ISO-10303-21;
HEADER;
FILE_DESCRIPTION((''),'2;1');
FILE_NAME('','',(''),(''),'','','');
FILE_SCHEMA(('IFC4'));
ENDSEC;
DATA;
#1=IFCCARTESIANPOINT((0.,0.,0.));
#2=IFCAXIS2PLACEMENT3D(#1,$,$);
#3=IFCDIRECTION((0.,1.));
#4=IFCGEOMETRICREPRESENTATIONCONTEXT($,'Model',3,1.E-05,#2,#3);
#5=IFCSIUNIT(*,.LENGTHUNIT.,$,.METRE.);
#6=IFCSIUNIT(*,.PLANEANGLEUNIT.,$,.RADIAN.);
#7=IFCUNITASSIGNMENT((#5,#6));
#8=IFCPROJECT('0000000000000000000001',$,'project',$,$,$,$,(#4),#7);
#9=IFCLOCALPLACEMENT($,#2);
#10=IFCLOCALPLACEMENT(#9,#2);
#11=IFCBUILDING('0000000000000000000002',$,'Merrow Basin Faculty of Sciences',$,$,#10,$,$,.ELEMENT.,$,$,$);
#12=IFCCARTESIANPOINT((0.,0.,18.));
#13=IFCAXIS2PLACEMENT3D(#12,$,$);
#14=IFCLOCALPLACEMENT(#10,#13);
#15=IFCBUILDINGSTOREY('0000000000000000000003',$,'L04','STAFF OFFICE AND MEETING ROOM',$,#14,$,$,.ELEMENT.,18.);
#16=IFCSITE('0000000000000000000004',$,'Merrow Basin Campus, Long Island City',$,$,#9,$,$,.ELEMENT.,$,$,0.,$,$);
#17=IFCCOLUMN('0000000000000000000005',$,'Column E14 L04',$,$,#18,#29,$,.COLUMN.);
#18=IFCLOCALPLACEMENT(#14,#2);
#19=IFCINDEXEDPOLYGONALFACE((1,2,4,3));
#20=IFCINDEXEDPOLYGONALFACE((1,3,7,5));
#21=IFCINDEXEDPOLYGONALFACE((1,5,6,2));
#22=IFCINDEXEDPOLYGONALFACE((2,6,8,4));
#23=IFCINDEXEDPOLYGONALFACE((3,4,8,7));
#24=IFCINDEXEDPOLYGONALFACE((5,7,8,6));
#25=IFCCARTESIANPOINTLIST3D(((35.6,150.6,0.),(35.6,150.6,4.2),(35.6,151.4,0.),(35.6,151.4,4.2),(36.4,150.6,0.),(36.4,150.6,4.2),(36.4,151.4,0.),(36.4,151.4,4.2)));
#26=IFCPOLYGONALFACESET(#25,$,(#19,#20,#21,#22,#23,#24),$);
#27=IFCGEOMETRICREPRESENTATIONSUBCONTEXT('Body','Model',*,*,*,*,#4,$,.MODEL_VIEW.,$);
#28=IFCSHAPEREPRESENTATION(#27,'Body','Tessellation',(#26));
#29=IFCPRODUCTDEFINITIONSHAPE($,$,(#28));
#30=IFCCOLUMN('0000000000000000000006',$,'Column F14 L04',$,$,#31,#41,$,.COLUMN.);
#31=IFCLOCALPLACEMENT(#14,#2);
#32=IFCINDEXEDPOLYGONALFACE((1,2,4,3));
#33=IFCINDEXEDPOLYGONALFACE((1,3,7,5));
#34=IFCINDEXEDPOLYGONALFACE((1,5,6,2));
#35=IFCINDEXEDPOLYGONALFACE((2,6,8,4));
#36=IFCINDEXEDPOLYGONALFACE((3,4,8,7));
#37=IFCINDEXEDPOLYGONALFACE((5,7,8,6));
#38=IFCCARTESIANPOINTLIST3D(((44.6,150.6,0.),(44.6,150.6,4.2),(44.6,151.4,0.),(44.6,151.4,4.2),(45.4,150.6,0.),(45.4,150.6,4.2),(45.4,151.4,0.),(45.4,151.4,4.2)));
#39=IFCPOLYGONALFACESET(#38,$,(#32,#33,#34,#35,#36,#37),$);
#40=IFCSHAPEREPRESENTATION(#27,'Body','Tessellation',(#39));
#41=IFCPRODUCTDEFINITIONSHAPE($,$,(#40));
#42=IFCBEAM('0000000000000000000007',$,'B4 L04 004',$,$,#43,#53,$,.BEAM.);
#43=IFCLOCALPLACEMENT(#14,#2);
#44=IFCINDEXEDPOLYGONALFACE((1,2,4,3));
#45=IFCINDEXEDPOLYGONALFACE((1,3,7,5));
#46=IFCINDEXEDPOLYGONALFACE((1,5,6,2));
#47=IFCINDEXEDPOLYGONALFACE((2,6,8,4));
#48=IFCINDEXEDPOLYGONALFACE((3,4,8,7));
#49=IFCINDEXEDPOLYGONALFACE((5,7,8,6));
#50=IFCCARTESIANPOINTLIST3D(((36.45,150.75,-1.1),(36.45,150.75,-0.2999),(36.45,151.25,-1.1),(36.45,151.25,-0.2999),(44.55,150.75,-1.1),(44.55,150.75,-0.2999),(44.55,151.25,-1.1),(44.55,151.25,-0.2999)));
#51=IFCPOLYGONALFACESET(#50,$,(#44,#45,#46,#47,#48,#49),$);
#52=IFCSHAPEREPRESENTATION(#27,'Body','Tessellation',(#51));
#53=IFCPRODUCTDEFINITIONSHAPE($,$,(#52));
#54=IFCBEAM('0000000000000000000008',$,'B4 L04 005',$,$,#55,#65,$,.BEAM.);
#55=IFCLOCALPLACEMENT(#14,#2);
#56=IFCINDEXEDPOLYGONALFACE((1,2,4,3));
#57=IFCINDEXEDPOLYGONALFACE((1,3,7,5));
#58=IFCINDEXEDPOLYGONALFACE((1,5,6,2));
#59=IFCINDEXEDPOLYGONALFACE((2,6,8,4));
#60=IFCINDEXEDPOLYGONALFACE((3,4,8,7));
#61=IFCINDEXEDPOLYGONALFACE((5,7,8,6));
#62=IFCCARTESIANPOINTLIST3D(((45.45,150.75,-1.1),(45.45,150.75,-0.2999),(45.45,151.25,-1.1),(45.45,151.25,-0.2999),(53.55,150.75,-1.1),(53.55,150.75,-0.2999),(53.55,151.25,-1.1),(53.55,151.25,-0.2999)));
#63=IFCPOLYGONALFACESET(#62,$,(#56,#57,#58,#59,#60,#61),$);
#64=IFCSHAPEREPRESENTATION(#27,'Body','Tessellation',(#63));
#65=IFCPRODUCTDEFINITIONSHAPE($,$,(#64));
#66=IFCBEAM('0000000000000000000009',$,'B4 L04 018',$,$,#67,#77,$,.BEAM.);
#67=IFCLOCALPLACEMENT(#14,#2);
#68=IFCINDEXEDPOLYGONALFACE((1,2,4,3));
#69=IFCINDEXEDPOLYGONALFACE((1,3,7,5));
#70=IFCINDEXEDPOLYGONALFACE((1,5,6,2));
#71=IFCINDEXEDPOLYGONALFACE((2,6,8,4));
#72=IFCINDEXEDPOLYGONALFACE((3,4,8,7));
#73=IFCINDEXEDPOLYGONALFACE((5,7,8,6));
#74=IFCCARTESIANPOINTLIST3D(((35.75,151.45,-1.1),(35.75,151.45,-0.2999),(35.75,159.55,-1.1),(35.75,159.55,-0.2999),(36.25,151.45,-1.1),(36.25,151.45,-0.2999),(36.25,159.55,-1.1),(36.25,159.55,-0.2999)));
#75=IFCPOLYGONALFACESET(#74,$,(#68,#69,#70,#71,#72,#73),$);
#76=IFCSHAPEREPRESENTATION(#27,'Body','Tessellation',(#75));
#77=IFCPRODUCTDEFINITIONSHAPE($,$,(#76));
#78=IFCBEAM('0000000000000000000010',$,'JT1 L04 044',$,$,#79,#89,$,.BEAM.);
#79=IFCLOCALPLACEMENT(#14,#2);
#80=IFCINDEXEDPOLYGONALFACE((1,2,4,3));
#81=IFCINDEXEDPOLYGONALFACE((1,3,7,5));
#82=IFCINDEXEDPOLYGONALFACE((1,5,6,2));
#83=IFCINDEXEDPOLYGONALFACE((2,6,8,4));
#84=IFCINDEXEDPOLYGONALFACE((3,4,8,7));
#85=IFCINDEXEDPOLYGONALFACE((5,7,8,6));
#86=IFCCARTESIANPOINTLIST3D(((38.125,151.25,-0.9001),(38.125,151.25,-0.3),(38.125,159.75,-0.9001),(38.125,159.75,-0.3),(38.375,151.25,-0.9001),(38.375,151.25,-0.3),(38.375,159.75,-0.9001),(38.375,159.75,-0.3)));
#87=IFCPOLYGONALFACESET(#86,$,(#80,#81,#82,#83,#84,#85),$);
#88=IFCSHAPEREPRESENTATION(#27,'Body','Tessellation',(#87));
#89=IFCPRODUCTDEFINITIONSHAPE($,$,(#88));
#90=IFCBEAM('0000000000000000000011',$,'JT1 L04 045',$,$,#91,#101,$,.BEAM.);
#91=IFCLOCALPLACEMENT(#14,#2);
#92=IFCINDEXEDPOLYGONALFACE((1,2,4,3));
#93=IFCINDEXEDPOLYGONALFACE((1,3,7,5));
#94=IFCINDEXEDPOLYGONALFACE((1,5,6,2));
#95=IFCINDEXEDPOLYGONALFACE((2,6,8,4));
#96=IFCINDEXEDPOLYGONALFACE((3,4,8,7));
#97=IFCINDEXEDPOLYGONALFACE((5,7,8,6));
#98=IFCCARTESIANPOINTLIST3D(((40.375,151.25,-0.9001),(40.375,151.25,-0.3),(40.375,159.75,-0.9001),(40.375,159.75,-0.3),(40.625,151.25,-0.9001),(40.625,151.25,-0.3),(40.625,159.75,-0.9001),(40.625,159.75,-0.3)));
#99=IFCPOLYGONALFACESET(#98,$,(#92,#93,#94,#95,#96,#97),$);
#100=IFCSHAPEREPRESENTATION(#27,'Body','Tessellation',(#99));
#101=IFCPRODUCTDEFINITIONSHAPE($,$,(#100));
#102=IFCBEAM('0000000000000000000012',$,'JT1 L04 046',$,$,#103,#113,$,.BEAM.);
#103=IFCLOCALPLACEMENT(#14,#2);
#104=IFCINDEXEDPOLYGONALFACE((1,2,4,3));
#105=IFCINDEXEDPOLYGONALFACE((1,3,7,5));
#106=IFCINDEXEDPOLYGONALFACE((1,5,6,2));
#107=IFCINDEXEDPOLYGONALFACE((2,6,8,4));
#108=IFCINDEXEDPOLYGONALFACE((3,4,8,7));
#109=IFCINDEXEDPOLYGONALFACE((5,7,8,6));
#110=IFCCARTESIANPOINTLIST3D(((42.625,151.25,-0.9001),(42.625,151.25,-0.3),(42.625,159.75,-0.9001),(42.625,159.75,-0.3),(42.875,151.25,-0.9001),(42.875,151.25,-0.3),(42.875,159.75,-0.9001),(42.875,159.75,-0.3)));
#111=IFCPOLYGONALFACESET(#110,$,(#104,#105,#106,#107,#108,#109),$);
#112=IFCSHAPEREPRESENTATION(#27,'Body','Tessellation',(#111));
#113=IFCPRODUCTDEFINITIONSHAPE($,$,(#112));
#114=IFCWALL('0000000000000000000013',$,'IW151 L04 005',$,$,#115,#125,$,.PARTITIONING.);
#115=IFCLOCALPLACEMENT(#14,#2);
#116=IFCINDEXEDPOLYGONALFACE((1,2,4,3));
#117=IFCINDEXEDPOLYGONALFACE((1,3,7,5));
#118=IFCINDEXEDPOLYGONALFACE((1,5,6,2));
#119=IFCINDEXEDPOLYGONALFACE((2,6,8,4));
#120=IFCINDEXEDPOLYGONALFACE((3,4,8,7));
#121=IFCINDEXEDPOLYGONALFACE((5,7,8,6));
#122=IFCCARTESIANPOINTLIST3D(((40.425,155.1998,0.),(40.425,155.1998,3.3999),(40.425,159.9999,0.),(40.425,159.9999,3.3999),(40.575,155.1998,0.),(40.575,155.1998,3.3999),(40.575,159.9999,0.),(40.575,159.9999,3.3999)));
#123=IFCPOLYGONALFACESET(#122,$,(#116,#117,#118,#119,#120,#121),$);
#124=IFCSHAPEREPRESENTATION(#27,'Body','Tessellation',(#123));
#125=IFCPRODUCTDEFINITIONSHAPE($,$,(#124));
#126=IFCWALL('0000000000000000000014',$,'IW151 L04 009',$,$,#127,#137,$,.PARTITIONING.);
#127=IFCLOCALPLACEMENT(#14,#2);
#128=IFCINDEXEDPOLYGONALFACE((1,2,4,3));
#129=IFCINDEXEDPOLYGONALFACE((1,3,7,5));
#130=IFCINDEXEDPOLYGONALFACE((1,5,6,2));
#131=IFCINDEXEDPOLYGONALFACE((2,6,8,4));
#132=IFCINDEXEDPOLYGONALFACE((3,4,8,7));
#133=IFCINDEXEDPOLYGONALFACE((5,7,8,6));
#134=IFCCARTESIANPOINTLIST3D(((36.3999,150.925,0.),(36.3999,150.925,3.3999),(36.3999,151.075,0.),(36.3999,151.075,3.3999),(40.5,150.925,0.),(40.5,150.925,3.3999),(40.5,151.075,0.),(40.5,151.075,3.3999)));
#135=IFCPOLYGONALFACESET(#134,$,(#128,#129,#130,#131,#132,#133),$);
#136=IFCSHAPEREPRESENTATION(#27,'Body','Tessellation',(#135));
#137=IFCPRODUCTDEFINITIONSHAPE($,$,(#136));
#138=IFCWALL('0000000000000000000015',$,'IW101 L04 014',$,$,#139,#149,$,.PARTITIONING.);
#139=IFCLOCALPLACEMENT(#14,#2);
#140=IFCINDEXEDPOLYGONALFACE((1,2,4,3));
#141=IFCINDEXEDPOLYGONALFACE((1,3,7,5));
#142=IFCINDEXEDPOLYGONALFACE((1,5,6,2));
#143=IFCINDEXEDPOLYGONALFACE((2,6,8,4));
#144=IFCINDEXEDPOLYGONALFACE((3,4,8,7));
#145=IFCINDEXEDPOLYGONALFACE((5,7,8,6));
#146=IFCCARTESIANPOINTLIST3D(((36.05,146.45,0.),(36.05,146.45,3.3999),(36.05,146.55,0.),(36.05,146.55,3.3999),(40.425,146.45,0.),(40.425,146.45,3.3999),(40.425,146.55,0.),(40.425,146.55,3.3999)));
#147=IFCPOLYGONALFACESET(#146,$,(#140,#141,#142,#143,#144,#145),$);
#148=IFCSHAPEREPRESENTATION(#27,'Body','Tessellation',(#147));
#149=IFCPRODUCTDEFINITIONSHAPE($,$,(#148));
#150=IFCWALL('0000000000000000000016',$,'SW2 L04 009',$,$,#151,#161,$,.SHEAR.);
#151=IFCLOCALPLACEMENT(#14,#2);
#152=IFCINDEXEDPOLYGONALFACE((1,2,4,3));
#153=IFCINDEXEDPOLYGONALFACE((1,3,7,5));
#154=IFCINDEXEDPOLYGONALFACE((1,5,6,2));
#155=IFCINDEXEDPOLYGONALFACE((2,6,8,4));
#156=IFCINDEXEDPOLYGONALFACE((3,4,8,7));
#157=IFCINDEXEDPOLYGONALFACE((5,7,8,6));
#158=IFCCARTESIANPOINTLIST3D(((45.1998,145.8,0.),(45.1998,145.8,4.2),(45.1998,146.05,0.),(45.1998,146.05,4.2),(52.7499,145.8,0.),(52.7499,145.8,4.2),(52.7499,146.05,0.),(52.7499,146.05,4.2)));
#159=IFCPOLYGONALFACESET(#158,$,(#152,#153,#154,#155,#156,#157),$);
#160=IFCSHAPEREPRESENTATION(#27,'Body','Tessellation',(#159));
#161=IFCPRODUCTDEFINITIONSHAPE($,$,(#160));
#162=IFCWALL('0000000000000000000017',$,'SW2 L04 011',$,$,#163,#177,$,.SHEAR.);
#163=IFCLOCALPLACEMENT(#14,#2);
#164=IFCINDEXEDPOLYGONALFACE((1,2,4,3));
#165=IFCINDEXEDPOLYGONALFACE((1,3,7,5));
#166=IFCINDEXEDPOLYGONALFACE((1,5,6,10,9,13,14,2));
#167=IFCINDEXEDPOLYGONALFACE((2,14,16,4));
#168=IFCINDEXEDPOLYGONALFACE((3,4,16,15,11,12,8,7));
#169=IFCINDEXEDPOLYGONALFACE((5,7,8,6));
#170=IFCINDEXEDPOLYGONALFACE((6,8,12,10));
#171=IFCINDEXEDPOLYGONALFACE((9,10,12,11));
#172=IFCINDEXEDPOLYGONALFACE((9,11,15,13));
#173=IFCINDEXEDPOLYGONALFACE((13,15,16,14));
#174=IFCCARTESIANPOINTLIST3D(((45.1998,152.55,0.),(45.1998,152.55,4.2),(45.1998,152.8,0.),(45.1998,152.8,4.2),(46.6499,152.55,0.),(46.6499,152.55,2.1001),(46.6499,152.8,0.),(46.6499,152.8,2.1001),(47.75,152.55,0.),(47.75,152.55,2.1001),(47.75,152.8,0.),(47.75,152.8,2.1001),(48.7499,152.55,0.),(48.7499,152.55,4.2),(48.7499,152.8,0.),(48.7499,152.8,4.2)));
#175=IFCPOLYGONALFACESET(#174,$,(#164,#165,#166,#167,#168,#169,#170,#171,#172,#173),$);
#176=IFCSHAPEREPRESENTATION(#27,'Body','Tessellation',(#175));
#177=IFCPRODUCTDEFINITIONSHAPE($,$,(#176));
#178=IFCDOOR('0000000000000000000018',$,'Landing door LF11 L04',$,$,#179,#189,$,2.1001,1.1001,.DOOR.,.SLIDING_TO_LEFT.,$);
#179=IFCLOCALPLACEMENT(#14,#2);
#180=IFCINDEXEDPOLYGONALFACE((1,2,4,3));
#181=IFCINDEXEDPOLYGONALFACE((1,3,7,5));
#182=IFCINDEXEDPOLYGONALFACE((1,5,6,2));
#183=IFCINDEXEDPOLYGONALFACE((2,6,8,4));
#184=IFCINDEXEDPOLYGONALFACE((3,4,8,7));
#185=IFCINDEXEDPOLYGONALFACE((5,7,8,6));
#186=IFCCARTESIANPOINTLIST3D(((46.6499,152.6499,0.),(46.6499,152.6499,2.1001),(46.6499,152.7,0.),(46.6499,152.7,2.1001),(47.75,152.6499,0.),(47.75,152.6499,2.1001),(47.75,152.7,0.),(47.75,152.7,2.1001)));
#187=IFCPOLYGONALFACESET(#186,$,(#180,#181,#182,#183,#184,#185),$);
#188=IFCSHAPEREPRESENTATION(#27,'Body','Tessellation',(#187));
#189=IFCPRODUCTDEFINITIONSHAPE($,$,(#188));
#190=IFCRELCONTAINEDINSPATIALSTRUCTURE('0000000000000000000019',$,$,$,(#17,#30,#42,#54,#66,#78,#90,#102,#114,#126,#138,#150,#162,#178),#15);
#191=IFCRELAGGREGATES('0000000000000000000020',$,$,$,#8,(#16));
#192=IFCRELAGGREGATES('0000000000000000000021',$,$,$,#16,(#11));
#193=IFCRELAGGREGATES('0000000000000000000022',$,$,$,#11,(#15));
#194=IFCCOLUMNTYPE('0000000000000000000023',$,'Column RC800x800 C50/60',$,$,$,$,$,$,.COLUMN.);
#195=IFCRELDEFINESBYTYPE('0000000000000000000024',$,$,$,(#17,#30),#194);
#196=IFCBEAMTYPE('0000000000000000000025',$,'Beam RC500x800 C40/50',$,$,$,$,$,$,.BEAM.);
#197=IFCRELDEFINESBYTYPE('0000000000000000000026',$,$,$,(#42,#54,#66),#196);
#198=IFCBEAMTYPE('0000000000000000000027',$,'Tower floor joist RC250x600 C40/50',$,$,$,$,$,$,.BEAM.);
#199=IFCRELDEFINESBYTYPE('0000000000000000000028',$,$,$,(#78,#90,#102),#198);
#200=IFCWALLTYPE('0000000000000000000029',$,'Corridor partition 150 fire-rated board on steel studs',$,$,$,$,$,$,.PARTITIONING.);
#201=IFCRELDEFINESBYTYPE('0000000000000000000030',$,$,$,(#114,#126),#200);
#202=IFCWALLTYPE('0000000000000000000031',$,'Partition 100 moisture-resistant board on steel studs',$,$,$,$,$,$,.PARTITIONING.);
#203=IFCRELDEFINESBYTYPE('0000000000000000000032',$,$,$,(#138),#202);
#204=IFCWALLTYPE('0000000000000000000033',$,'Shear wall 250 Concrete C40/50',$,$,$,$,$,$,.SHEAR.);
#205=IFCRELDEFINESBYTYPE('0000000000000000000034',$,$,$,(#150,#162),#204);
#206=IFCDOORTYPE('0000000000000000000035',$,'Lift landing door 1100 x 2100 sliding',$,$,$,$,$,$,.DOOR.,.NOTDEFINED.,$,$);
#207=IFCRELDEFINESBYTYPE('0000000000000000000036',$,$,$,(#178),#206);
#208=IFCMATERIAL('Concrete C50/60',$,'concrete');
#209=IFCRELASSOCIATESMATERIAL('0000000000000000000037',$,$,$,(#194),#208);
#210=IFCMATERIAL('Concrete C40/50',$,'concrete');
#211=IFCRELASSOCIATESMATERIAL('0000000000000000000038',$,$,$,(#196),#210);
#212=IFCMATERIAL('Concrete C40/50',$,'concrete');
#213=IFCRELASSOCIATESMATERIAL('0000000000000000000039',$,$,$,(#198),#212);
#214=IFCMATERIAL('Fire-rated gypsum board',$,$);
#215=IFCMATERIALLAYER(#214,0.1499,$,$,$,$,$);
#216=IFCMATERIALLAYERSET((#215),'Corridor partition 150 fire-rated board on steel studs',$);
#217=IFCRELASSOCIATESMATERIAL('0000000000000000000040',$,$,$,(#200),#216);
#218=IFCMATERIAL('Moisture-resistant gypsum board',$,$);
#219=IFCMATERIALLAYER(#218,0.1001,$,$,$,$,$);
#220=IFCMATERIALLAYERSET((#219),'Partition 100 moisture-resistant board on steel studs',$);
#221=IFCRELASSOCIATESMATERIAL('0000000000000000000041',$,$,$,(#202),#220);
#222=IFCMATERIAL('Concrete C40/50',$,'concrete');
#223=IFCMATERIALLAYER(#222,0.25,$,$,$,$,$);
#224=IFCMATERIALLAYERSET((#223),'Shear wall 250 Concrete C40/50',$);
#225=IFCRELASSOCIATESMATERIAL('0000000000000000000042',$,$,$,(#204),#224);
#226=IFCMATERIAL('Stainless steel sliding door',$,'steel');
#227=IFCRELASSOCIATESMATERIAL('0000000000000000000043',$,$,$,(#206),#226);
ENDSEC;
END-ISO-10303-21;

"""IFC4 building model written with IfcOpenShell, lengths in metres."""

from ifc_helpers import new_model, si_unit, direction, frame, frame_2d, origin, origin_2d, place, context, subcontext, project, spatial, rectangle, extrude, material, layer, layer_set, material_profile, profile_set, type_object, element, fill, save


model = new_model("IFC4")

# Units and contexts
model_context = context("Model", 3, precision=1e-05, world=origin(), true_north=direction((0.0, 1.0)))
body_context = subcontext(model_context, "Body", "Model", "MODEL_VIEW")
ifc_project = project(units=[si_unit("LENGTHUNIT", "METRE"), si_unit("PLANEANGLEUNIT", "RADIAN")], contexts=[model_context])

# Site, building, storey
site_placement = place(None, origin())
site = spatial("IfcSite", under=ifc_project, at=site_placement, Name="Merrow Basin Campus, Long Island City", CompositionType="ELEMENT", RefElevation=0.0)
building_placement = place(site_placement, origin())
building = spatial("IfcBuilding", under=site, at=building_placement, Name="Merrow Basin Faculty of Sciences", CompositionType="ELEMENT")
storey_placement = place(building_placement, frame((0.0, 0.0, 18.0)))
storey = spatial("IfcBuildingStorey", under=building, at=storey_placement, Name="L04", Description="STAFF OFFICE AND MEETING ROOM", CompositionType="ELEMENT", Elevation=18.0)

# Columns
ifc_material_1 = material(Name="Concrete C50/60", Category="concrete")
ifc_material_profile_1 = material_profile(ifc_material_1, rectangle(XDim=0.8, YDim=0.8, at=origin_2d()))
ifc_profile_set_1 = profile_set([ifc_material_profile_1], Name="Concrete C50/60")
column_type = type_object("IfcColumnType", Name="Column RC800x800 C50/60", PredefinedType="COLUMN", material=ifc_profile_set_1)
for number, where, z_axis, x_axis, name in (
    (1, (36.0, 151.0, 0.0), (0.0, 0.0, 1.0), (1.0, 0.0, 0.0), "Column E14 L04"),
    (2, (45.0, 151.0, 0.0), (0.0, 0.0, 1.0), (1.0, 0.0, 0.0), "Column F14 L04"),
):
    element("IfcColumn", number, at=place(storey_placement, frame(where, z_axis=z_axis, x_axis=x_axis)), inside=storey, type_object=column_type, Name=name, PredefinedType="COLUMN", context=body_context, shape_type="SweptSolid", body=[
        extrude(rectangle(XDim=0.8, YDim=0.8, at=origin_2d()), origin(), (0.0, 0.0, 1.0), 4.2),
    ])

# Beams
ifc_material_2 = material(Name="Concrete C40/50", Category="concrete")
ifc_material_profile_2 = material_profile(ifc_material_2, rectangle(XDim=0.5, YDim=0.8, at=origin_2d()))
ifc_profile_set_2 = profile_set([ifc_material_profile_2], Name="Concrete C40/50")
beam_type_1 = type_object("IfcBeamType", Name="Beam RC500x800 C40/50", PredefinedType="BEAM", material=ifc_profile_set_2)
for number, where, z_axis, x_axis, name in (
    (3, (36.45, 151.0, -0.7), (1.0, 0.0, 0.0), (0.0, 1.0, 0.0), "B4 L04 004"),
    (4, (45.45, 151.0, -0.7), (1.0, 0.0, 0.0), (0.0, 1.0, 0.0), "B4 L04 005"),
    (5, (36.0, 151.45, -0.7), (0.0, 1.0, 0.0), (-1.0, 0.0, 0.0), "B4 L04 018"),
):
    element("IfcBeam", number, at=place(storey_placement, frame(where, z_axis=z_axis, x_axis=x_axis)), inside=storey, type_object=beam_type_1, Name=name, PredefinedType="BEAM", context=body_context, shape_type="SweptSolid", body=[
        extrude(rectangle(XDim=0.5, YDim=0.8, at=origin_2d()), origin(), (0.0, 0.0, 1.0), 8.1001),
    ])
ifc_material_3 = material(Name="Concrete C40/50", Category="concrete")
ifc_material_profile_3 = material_profile(ifc_material_3, rectangle(XDim=0.25, YDim=0.6001, at=origin_2d()))
ifc_profile_set_3 = profile_set([ifc_material_profile_3], Name="Concrete C40/50")
beam_type_2 = type_object("IfcBeamType", Name="Tower floor joist RC250x600 C40/50", PredefinedType="BEAM", material=ifc_profile_set_3)
for number, where, z_axis, x_axis, name in (
    (6, (38.25, 151.25, -0.6001), (0.0, 1.0, 0.0), (-1.0, 0.0, 0.0), "JT1 L04 044"),
    (7, (40.5, 151.25, -0.6001), (0.0, 1.0, 0.0), (-1.0, 0.0, 0.0), "JT1 L04 045"),
    (8, (42.75, 151.25, -0.6001), (0.0, 1.0, 0.0), (-1.0, 0.0, 0.0), "JT1 L04 046"),
):
    element("IfcBeam", number, at=place(storey_placement, frame(where, z_axis=z_axis, x_axis=x_axis)), inside=storey, type_object=beam_type_2, Name=name, PredefinedType="BEAM", context=body_context, shape_type="SweptSolid", body=[
        extrude(rectangle(XDim=0.25, YDim=0.6001, at=origin_2d()), origin(), (0.0, 0.0, 1.0), 8.5),
    ])

# Walls
ifc_material_4 = material(Name="Fire-rated gypsum board")
ifc_layer_1 = layer(ifc_material_4, 0.1499)
ifc_layer_set_1 = layer_set([ifc_layer_1], Name="Corridor partition 150 fire-rated board on steel studs")
wall_type_1 = type_object("IfcWallType", Name="Corridor partition 150 fire-rated board on steel studs", PredefinedType="PARTITIONING", material=ifc_layer_set_1)
wall_1_placement = place(storey_placement, frame((40.5, 155.2, 0.0), z_axis=(0.0, 0.0, 1.0), x_axis=(0.0, 1.0, 0.0)))
element("IfcWall", 9, at=wall_1_placement, inside=storey, type_object=wall_type_1, Name="IW151 L04 005", PredefinedType="PARTITIONING", context=body_context, shape_type="SweptSolid", body=[
    extrude(rectangle(XDim=4.8, YDim=0.1499, at=frame_2d((2.3999, 0.0))), origin(), (0.0, 0.0, 1.0), 3.3999),
])
wall_2_placement = place(storey_placement, frame((36.3999, 151.0, 0.0), z_axis=(0.0, 0.0, 1.0), x_axis=(1.0, 0.0, 0.0)))
element("IfcWall", 10, at=wall_2_placement, inside=storey, type_object=wall_type_1, Name="IW151 L04 009", PredefinedType="PARTITIONING", context=body_context, shape_type="SweptSolid", body=[
    extrude(rectangle(XDim=4.1001, YDim=0.1499, at=frame_2d((2.05, 0.0))), origin(), (0.0, 0.0, 1.0), 3.3999),
])
ifc_material_5 = material(Name="Moisture-resistant gypsum board")
ifc_layer_2 = layer(ifc_material_5, 0.1001)
ifc_layer_set_2 = layer_set([ifc_layer_2], Name="Partition 100 moisture-resistant board on steel studs")
wall_type_2 = type_object("IfcWallType", Name="Partition 100 moisture-resistant board on steel studs", PredefinedType="PARTITIONING", material=ifc_layer_set_2)
wall_3_placement = place(storey_placement, frame((36.05, 146.5, 0.0), z_axis=(0.0, 0.0, 1.0), x_axis=(1.0, 0.0, 0.0)))
element("IfcWall", 11, at=wall_3_placement, inside=storey, type_object=wall_type_2, Name="IW101 L04 014", PredefinedType="PARTITIONING", context=body_context, shape_type="SweptSolid", body=[
    extrude(rectangle(XDim=4.375, YDim=0.1001, at=frame_2d((2.1875, 0.0))), origin(), (0.0, 0.0, 1.0), 3.3999),
])
ifc_material_6 = material(Name="Concrete C40/50", Category="concrete")
ifc_layer_3 = layer(ifc_material_6, 0.25)
ifc_layer_set_3 = layer_set([ifc_layer_3], Name="Shear wall 250 Concrete C40/50")
wall_type_3 = type_object("IfcWallType", Name="Shear wall 250 Concrete C40/50", PredefinedType="SHEAR", material=ifc_layer_set_3)
wall_4_placement = place(storey_placement, frame((45.2, 145.925, 0.0), z_axis=(0.0, 0.0, 1.0), x_axis=(1.0, 0.0, 0.0)))
element("IfcWall", 12, at=wall_4_placement, inside=storey, type_object=wall_type_3, Name="SW2 L04 009", PredefinedType="SHEAR", context=body_context, shape_type="SweptSolid", body=[
    extrude(rectangle(XDim=7.55, YDim=0.25, at=frame_2d((3.7749, 0.0))), origin(), (0.0, 0.0, 1.0), 4.2),
])

# Wall, opening, door
wall_5_placement = place(storey_placement, frame((45.2, 152.675, 0.0), z_axis=(0.0, 0.0, 1.0), x_axis=(1.0, 0.0, 0.0)))
wall_5 = element("IfcWall", 13, at=wall_5_placement, inside=storey, type_object=wall_type_3, Name="SW2 L04 011", PredefinedType="SHEAR", context=body_context, shape_type="SweptSolid", body=[
    extrude(rectangle(XDim=3.55, YDim=0.25, at=frame_2d((1.7749, 0.0))), origin(), (0.0, 0.0, 1.0), 4.2),
])
opening_1_placement = place(wall_5_placement, frame((1.45, 0.0, 0.0)))
opening_1 = element("IfcOpeningElement", 14, at=opening_1_placement, cuts=wall_5, PredefinedType="OPENING", context=body_context, shape_type="SweptSolid", body=[
    extrude(rectangle(XDim=1.1001, YDim=2.1001, at=frame_2d((0.55, 1.05))), frame((0.0, 0.135, 0.0), z_axis=(0.0, -1.0, 0.0), x_axis=(1.0, 0.0, 0.0)), (0.0, 0.0, 1.0), 0.27),
])
ifc_material_7 = material(Name="Stainless steel sliding door", Category="steel")
door_type_1 = type_object("IfcDoorType", Name="Lift landing door 1100 x 2100 sliding", OperationType="NOTDEFINED", PredefinedType="DOOR", material=ifc_material_7)
door_1_placement = place(opening_1_placement, origin())
door_1 = element("IfcDoor", 15, at=door_1_placement, inside=storey, type_object=door_type_1, Name="Landing door LF11 L04", OperationType="SLIDING_TO_LEFT", OverallHeight=2.1001, OverallWidth=1.1001, PredefinedType="DOOR", context=body_context, shape_type="SweptSolid", body=[
    extrude(rectangle(XDim=1.1001, YDim=2.1001, at=frame_2d((0.55, 1.05))), frame((0.0, 0.0249, 0.0), z_axis=(0.0, -1.0, 0.0), x_axis=(1.0, 0.0, 0.0)), (0.0, 0.0, 1.0), 0.05),
])
fill(opening_1, door_1)

save(model, "model.ifc")
